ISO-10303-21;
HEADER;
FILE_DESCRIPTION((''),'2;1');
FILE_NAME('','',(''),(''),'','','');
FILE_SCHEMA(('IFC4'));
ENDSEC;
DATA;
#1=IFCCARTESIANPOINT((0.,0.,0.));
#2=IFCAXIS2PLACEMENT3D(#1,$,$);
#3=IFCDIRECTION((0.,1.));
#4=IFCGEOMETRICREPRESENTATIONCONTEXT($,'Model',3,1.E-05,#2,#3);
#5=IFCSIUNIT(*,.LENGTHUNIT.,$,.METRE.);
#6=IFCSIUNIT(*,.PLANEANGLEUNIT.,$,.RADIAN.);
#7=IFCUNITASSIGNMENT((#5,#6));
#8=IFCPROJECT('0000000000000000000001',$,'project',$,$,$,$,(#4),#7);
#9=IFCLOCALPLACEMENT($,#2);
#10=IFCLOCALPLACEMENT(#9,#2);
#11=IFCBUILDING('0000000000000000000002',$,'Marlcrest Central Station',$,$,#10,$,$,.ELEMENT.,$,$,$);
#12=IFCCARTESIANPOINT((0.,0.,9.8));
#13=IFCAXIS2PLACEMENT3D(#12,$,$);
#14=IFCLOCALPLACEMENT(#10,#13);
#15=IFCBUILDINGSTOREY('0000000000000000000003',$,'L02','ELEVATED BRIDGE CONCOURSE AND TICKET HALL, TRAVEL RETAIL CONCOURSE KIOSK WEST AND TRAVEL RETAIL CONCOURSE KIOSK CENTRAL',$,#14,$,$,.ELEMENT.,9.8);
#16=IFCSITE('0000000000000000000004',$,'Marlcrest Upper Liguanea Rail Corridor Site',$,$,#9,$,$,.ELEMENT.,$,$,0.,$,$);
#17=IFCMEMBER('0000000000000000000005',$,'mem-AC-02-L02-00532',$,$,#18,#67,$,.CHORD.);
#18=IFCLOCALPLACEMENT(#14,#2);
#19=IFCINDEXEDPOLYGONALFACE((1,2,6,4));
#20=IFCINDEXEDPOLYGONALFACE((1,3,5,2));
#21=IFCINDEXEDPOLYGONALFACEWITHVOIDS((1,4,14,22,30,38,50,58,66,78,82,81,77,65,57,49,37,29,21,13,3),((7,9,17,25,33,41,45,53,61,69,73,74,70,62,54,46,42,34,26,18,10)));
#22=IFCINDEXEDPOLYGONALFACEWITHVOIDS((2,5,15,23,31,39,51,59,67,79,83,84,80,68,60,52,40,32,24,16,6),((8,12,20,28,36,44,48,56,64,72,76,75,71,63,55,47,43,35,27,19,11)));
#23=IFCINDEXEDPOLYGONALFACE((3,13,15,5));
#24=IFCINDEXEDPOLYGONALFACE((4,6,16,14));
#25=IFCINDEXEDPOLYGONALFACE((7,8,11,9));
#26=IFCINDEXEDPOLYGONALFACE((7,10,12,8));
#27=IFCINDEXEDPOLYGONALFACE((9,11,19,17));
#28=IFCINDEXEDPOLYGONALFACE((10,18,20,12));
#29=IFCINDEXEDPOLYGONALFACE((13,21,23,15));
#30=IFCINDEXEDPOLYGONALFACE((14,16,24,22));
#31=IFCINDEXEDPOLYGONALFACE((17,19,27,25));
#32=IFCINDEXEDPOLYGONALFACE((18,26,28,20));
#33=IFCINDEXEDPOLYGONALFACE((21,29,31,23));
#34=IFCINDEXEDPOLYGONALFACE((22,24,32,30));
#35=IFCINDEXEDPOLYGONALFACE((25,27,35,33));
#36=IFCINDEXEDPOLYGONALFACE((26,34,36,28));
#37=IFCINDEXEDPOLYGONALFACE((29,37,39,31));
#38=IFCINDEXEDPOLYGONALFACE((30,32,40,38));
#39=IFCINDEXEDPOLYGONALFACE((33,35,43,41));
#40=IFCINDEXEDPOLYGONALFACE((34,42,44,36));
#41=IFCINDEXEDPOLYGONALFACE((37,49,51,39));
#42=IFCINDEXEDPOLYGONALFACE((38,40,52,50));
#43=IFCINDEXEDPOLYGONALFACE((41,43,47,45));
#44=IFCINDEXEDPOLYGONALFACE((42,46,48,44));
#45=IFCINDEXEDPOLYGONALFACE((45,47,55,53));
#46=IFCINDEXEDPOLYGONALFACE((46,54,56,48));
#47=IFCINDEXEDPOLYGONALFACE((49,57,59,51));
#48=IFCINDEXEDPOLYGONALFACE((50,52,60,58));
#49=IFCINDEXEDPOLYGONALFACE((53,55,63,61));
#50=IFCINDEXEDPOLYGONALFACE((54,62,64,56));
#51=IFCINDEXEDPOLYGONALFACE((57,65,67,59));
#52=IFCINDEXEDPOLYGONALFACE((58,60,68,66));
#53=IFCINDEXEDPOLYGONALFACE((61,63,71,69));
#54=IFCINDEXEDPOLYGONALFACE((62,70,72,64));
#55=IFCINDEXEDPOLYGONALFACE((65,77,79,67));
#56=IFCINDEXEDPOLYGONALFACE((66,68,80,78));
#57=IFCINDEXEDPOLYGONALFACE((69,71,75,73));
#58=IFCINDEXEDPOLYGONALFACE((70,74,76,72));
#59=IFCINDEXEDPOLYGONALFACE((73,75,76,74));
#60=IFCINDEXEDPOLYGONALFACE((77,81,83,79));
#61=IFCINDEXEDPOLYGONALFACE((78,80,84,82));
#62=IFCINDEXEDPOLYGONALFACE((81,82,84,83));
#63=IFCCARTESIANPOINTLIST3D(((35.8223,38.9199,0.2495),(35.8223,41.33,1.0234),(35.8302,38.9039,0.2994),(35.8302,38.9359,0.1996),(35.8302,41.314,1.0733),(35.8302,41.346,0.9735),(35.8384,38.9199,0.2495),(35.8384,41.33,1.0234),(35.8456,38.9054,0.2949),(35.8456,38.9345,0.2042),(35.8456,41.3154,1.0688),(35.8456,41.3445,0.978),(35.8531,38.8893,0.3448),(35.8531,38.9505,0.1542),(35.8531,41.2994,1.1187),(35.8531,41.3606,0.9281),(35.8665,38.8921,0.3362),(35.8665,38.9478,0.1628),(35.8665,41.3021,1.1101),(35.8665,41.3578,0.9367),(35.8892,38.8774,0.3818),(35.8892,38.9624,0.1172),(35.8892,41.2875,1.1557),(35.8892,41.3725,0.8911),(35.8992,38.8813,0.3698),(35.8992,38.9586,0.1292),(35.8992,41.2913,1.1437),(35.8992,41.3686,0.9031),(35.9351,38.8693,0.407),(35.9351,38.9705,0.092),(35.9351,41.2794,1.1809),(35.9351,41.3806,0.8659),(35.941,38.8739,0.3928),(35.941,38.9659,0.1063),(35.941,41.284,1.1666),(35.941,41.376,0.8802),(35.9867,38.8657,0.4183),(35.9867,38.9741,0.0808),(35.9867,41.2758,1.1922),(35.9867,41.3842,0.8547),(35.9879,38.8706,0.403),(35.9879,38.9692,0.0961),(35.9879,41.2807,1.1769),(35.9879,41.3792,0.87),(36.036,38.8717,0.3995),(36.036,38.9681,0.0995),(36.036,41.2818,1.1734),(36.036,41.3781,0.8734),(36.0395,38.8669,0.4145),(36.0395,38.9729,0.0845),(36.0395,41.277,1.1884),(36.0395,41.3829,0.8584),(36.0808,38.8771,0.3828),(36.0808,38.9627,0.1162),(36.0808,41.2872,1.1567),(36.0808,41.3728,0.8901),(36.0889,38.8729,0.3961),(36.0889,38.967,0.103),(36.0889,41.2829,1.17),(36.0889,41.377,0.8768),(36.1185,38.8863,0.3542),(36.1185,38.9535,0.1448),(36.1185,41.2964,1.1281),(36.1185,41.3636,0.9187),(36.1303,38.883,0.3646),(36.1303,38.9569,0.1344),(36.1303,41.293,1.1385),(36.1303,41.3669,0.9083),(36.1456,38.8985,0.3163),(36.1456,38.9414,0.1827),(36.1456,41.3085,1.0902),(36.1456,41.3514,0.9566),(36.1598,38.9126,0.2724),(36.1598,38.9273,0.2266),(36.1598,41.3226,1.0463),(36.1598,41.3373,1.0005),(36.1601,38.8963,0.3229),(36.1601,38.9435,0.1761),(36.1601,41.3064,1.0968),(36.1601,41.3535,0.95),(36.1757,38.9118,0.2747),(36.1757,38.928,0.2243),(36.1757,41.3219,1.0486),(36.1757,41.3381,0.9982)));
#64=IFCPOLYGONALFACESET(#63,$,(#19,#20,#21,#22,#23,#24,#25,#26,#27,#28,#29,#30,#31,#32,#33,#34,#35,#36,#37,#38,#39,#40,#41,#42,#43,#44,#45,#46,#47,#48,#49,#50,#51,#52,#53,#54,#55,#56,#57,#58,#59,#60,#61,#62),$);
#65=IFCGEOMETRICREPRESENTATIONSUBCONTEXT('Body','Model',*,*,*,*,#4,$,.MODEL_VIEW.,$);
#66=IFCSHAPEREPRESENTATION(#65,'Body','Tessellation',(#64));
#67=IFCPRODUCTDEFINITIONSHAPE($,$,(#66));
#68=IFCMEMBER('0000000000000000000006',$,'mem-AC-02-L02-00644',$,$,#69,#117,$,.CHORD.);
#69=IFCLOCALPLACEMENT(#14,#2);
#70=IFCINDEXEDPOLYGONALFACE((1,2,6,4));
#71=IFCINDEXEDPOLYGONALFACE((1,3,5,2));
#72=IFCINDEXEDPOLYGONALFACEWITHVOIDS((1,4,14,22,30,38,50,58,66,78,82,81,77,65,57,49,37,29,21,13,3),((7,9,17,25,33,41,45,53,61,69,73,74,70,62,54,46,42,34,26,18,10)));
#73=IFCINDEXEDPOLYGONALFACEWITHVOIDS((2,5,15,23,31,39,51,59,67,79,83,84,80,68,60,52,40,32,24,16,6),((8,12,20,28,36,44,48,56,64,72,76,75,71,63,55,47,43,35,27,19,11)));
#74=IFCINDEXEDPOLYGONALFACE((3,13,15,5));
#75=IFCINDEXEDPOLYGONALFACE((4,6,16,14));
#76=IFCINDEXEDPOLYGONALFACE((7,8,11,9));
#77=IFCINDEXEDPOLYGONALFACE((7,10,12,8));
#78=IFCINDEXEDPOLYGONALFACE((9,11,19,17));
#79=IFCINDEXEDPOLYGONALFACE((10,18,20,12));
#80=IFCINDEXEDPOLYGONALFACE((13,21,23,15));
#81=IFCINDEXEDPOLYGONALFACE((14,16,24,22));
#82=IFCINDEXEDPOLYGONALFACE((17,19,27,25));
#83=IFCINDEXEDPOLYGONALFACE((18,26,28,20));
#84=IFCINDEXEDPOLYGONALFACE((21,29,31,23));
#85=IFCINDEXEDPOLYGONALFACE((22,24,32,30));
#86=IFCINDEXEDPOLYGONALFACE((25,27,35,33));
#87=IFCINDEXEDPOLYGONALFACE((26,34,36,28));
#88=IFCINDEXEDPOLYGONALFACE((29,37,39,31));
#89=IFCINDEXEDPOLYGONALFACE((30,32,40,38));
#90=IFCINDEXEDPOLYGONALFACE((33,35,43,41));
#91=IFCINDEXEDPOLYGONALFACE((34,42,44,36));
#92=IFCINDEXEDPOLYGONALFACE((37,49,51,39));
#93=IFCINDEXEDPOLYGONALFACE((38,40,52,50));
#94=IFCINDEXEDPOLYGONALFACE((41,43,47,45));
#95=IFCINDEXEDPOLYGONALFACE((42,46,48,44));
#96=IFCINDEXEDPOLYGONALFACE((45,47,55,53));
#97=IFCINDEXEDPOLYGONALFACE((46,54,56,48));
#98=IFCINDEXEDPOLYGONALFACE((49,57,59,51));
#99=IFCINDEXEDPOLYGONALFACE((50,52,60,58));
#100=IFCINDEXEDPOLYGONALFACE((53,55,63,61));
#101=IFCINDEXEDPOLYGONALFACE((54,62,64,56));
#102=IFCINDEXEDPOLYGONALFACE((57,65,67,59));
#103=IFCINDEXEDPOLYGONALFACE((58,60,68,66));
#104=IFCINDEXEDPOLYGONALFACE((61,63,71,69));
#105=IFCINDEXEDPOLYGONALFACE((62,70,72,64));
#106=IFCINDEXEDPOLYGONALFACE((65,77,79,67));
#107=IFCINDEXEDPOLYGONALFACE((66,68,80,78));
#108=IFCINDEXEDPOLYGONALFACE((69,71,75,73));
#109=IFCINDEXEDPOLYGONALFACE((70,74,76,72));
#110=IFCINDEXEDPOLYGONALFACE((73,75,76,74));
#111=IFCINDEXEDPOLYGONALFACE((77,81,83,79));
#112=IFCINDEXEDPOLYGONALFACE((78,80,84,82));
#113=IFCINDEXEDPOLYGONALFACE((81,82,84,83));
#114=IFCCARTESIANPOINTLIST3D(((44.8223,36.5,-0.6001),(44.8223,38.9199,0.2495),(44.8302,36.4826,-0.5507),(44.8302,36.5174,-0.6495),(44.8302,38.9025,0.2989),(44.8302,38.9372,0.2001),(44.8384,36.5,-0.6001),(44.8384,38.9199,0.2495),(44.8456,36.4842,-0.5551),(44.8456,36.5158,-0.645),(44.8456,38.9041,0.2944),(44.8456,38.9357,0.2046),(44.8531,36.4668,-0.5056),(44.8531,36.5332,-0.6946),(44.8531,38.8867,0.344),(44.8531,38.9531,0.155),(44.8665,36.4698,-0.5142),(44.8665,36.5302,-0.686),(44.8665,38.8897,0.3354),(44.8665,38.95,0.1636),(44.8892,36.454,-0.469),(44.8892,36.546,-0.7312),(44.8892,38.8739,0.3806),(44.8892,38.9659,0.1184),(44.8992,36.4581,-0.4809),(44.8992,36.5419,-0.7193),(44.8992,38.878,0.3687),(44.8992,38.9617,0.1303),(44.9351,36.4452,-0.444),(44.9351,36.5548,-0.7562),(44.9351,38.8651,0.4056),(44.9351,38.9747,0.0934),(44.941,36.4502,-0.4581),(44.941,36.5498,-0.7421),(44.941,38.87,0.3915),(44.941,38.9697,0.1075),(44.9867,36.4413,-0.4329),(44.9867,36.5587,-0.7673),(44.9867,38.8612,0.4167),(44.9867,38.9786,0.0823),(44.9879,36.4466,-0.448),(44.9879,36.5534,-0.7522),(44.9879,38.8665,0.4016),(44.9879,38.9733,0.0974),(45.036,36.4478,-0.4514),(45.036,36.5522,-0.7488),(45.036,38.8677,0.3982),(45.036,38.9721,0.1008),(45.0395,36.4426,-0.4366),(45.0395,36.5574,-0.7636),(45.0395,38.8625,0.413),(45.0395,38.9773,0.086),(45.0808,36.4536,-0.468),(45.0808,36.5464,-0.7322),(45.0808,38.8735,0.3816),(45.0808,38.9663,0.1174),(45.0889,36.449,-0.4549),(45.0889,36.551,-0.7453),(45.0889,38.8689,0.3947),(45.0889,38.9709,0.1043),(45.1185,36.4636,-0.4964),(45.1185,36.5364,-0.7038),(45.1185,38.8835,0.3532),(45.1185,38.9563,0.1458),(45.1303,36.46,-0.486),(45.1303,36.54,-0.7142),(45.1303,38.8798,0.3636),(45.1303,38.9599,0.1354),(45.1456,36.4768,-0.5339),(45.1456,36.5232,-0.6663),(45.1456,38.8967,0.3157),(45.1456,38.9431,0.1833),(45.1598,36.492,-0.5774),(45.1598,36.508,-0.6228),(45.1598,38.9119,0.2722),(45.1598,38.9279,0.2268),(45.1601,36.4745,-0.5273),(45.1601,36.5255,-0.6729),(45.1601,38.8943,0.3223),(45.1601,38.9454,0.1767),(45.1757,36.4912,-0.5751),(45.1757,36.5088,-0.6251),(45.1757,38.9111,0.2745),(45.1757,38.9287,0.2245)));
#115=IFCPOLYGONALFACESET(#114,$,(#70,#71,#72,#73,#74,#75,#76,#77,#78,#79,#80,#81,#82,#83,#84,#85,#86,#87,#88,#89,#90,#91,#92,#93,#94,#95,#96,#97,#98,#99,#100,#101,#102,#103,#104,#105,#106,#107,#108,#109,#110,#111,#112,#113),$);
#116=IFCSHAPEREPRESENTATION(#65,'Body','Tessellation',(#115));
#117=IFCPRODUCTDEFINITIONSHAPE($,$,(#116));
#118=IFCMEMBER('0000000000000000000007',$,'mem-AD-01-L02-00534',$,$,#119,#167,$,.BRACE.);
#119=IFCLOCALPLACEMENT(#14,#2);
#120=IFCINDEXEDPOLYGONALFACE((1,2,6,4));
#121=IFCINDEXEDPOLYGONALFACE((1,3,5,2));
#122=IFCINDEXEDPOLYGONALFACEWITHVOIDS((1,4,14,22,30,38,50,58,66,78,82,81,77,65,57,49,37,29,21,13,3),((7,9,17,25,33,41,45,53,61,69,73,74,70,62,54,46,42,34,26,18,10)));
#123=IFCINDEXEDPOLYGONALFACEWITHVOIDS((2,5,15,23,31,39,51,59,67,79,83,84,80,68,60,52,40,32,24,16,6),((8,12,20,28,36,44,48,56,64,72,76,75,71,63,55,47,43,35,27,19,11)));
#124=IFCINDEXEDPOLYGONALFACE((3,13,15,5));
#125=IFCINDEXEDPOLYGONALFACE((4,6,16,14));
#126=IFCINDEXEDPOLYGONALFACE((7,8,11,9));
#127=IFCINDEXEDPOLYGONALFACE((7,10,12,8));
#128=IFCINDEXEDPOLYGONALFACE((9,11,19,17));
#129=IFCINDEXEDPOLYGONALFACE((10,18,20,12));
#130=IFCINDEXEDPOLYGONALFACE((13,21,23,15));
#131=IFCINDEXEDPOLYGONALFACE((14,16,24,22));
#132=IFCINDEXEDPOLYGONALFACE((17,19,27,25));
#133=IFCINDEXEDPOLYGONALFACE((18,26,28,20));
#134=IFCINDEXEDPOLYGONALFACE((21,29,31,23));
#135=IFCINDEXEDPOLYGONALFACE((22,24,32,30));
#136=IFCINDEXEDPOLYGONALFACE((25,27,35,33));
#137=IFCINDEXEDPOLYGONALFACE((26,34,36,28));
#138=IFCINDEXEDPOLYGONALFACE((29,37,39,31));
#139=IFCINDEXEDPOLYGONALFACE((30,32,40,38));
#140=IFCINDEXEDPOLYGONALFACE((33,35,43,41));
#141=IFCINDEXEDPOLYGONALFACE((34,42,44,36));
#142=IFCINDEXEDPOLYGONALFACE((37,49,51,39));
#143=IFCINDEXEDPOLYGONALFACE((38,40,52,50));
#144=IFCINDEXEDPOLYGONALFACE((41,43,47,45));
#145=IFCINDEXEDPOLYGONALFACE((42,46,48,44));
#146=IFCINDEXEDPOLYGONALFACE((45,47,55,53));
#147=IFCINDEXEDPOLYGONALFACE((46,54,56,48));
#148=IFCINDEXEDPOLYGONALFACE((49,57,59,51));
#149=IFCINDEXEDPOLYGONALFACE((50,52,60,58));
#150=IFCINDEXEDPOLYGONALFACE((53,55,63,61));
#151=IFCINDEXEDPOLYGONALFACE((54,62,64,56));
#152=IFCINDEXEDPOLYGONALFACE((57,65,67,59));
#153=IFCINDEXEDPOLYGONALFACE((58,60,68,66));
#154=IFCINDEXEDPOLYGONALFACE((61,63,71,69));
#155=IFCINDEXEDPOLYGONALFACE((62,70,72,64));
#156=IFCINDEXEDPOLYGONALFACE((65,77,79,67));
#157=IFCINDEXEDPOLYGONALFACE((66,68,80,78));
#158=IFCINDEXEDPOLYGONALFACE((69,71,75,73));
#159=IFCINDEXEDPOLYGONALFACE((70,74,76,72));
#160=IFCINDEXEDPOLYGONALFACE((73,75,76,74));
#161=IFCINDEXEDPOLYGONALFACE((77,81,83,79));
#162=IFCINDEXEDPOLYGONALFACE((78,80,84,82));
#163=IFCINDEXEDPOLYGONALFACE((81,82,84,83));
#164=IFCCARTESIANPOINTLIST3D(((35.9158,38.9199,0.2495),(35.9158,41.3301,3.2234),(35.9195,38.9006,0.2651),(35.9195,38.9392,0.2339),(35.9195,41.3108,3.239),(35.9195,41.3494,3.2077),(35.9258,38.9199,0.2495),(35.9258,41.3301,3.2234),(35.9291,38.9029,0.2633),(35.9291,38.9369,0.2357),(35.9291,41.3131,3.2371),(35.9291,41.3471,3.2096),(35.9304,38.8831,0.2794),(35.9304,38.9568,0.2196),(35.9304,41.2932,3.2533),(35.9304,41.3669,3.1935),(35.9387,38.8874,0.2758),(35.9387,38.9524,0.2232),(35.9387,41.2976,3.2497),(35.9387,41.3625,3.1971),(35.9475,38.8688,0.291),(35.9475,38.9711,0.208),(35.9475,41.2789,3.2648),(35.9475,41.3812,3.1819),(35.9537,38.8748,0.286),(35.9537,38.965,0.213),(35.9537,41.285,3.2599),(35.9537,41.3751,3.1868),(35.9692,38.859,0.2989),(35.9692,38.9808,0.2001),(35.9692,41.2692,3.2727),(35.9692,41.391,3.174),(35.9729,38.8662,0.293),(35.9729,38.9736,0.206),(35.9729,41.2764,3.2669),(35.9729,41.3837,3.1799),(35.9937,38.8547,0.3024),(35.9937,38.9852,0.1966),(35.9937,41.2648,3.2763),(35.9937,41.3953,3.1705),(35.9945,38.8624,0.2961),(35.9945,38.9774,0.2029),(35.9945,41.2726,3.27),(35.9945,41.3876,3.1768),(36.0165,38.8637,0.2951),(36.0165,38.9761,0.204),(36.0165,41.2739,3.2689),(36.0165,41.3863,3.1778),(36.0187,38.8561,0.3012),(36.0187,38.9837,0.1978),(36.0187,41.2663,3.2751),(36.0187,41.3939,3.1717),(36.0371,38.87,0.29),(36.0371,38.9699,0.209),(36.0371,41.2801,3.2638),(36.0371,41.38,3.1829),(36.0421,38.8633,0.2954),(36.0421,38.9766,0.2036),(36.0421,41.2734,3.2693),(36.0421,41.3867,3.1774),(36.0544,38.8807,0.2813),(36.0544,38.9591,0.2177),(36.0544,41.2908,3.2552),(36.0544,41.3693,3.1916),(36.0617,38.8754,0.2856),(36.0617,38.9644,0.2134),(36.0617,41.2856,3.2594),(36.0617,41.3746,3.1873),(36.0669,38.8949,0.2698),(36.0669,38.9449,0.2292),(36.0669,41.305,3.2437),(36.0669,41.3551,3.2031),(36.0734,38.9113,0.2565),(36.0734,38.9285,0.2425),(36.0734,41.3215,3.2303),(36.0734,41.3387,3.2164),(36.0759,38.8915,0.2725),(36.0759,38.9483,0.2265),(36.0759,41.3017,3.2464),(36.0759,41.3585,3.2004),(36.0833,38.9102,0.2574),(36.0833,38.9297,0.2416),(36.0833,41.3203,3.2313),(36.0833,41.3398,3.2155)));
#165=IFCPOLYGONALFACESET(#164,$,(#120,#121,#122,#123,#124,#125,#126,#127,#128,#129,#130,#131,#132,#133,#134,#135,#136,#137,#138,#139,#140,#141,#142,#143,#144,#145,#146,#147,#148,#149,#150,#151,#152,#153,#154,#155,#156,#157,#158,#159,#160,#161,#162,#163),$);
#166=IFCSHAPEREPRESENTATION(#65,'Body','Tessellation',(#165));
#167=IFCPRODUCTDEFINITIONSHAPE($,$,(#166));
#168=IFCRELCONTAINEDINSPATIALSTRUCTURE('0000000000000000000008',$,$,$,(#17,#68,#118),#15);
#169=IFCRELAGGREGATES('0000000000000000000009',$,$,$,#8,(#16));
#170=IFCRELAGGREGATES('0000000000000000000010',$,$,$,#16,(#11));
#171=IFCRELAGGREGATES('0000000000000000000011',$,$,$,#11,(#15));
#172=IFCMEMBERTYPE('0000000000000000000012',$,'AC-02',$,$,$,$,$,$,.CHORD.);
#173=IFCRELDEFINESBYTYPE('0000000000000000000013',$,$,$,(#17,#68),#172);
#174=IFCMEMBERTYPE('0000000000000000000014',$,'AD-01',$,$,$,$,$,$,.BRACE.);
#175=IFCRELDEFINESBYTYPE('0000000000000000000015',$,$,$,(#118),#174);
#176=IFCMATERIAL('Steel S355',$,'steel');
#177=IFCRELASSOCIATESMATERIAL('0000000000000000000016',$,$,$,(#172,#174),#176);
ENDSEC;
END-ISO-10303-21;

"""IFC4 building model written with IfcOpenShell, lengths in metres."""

from ifc_helpers import new_model, si_unit, direction, frame, origin, origin_2d, place, context, subcontext, project, spatial, hollow_circle, extrude, material, material_profile, profile_set, type_object, element, save


model = new_model("IFC4")

# Units and contexts
model_context = context("Model", 3, precision=1e-05, world=origin(), true_north=direction((0.0, 1.0)))
body_context = subcontext(model_context, "Body", "Model", "MODEL_VIEW")
ifc_project = project(units=[si_unit("LENGTHUNIT", "METRE"), si_unit("PLANEANGLEUNIT", "RADIAN")], contexts=[model_context])

# Site, building, storey
site_placement = place(None, origin())
site = spatial("IfcSite", under=ifc_project, at=site_placement, Name="Marlcrest Upper Liguanea Rail Corridor Site", CompositionType="ELEMENT", RefElevation=0.0)
building_placement = place(site_placement, origin())
building = spatial("IfcBuilding", under=site, at=building_placement, Name="Marlcrest Central Station", CompositionType="ELEMENT")
storey_placement = place(building_placement, frame((0.0, 0.0, 9.8)))
storey = spatial("IfcBuildingStorey", under=building, at=storey_placement, Name="L02", Description="ELEVATED BRIDGE CONCOURSE AND TICKET HALL, TRAVEL RETAIL CONCOURSE KIOSK WEST AND TRAVEL RETAIL CONCOURSE KIOSK CENTRAL", CompositionType="ELEMENT", Elevation=9.8)

# Members
ifc_material_1 = material(Name="Steel S355", Category="steel")
ifc_material_profile_1 = material_profile(ifc_material_1, hollow_circle(Radius=0.1777, WallThickness=0.0161, at=origin_2d()), Name="CHS 355.6x16")
ifc_profile_set_1 = profile_set([ifc_material_profile_1], Name="Steel S355")
member_type_1 = type_object("IfcMemberType", Name="AC-02", PredefinedType="CHORD", material=ifc_profile_set_1)
member_1_placement = place(storey_placement, frame((36.0, 38.9199, 0.2495), z_axis=(0.0, 0.952117, 0.305734), x_axis=(-1.0, 0.0, 0.0)))
element("IfcMember", 1, at=member_1_placement, inside=storey, type_object=member_type_1, Name="mem-AC-02-L02-00532", PredefinedType="CHORD", context=body_context, shape_type="SweptSolid", body=[
    extrude(hollow_circle(Radius=0.1777, WallThickness=0.0161, at=origin_2d()), origin(), (0.0, 0.0, 1.0), 2.5312),
])
member_2_placement = place(storey_placement, frame((45.0, 36.5, -0.6001), z_axis=(0.0, 0.943537, 0.331266), x_axis=(-1.0, 0.0, 0.0)))
element("IfcMember", 2, at=member_2_placement, inside=storey, type_object=member_type_1, Name="mem-AC-02-L02-00644", PredefinedType="CHORD", context=body_context, shape_type="SweptSolid", body=[
    extrude(hollow_circle(Radius=0.1777, WallThickness=0.0161, at=origin_2d()), origin(), (0.0, 0.0, 1.0), 2.5647),
])
ifc_material_profile_2 = material_profile(ifc_material_1, hollow_circle(Radius=0.0842, WallThickness=0.01, at=origin_2d()), Name="CHS 168.3x10")
ifc_profile_set_2 = profile_set([ifc_material_profile_2], Name="Steel S355")
member_type_2 = type_object("IfcMemberType", Name="AD-01", PredefinedType="BRACE", material=ifc_profile_set_2)
member_3_placement = place(storey_placement, frame((36.0, 38.9199, 0.2495), z_axis=(0.0, 0.629629, 0.776896), x_axis=(-1.0, 0.0, 0.0)))
element("IfcMember", 3, at=member_3_placement, inside=storey, type_object=member_type_2, Name="mem-AD-01-L02-00534", PredefinedType="BRACE", context=body_context, shape_type="SweptSolid", body=[
    extrude(hollow_circle(Radius=0.0842, WallThickness=0.01, at=origin_2d()), origin(), (0.0, 0.0, 1.0), 3.8279),
])

save(model, "model.ifc")
